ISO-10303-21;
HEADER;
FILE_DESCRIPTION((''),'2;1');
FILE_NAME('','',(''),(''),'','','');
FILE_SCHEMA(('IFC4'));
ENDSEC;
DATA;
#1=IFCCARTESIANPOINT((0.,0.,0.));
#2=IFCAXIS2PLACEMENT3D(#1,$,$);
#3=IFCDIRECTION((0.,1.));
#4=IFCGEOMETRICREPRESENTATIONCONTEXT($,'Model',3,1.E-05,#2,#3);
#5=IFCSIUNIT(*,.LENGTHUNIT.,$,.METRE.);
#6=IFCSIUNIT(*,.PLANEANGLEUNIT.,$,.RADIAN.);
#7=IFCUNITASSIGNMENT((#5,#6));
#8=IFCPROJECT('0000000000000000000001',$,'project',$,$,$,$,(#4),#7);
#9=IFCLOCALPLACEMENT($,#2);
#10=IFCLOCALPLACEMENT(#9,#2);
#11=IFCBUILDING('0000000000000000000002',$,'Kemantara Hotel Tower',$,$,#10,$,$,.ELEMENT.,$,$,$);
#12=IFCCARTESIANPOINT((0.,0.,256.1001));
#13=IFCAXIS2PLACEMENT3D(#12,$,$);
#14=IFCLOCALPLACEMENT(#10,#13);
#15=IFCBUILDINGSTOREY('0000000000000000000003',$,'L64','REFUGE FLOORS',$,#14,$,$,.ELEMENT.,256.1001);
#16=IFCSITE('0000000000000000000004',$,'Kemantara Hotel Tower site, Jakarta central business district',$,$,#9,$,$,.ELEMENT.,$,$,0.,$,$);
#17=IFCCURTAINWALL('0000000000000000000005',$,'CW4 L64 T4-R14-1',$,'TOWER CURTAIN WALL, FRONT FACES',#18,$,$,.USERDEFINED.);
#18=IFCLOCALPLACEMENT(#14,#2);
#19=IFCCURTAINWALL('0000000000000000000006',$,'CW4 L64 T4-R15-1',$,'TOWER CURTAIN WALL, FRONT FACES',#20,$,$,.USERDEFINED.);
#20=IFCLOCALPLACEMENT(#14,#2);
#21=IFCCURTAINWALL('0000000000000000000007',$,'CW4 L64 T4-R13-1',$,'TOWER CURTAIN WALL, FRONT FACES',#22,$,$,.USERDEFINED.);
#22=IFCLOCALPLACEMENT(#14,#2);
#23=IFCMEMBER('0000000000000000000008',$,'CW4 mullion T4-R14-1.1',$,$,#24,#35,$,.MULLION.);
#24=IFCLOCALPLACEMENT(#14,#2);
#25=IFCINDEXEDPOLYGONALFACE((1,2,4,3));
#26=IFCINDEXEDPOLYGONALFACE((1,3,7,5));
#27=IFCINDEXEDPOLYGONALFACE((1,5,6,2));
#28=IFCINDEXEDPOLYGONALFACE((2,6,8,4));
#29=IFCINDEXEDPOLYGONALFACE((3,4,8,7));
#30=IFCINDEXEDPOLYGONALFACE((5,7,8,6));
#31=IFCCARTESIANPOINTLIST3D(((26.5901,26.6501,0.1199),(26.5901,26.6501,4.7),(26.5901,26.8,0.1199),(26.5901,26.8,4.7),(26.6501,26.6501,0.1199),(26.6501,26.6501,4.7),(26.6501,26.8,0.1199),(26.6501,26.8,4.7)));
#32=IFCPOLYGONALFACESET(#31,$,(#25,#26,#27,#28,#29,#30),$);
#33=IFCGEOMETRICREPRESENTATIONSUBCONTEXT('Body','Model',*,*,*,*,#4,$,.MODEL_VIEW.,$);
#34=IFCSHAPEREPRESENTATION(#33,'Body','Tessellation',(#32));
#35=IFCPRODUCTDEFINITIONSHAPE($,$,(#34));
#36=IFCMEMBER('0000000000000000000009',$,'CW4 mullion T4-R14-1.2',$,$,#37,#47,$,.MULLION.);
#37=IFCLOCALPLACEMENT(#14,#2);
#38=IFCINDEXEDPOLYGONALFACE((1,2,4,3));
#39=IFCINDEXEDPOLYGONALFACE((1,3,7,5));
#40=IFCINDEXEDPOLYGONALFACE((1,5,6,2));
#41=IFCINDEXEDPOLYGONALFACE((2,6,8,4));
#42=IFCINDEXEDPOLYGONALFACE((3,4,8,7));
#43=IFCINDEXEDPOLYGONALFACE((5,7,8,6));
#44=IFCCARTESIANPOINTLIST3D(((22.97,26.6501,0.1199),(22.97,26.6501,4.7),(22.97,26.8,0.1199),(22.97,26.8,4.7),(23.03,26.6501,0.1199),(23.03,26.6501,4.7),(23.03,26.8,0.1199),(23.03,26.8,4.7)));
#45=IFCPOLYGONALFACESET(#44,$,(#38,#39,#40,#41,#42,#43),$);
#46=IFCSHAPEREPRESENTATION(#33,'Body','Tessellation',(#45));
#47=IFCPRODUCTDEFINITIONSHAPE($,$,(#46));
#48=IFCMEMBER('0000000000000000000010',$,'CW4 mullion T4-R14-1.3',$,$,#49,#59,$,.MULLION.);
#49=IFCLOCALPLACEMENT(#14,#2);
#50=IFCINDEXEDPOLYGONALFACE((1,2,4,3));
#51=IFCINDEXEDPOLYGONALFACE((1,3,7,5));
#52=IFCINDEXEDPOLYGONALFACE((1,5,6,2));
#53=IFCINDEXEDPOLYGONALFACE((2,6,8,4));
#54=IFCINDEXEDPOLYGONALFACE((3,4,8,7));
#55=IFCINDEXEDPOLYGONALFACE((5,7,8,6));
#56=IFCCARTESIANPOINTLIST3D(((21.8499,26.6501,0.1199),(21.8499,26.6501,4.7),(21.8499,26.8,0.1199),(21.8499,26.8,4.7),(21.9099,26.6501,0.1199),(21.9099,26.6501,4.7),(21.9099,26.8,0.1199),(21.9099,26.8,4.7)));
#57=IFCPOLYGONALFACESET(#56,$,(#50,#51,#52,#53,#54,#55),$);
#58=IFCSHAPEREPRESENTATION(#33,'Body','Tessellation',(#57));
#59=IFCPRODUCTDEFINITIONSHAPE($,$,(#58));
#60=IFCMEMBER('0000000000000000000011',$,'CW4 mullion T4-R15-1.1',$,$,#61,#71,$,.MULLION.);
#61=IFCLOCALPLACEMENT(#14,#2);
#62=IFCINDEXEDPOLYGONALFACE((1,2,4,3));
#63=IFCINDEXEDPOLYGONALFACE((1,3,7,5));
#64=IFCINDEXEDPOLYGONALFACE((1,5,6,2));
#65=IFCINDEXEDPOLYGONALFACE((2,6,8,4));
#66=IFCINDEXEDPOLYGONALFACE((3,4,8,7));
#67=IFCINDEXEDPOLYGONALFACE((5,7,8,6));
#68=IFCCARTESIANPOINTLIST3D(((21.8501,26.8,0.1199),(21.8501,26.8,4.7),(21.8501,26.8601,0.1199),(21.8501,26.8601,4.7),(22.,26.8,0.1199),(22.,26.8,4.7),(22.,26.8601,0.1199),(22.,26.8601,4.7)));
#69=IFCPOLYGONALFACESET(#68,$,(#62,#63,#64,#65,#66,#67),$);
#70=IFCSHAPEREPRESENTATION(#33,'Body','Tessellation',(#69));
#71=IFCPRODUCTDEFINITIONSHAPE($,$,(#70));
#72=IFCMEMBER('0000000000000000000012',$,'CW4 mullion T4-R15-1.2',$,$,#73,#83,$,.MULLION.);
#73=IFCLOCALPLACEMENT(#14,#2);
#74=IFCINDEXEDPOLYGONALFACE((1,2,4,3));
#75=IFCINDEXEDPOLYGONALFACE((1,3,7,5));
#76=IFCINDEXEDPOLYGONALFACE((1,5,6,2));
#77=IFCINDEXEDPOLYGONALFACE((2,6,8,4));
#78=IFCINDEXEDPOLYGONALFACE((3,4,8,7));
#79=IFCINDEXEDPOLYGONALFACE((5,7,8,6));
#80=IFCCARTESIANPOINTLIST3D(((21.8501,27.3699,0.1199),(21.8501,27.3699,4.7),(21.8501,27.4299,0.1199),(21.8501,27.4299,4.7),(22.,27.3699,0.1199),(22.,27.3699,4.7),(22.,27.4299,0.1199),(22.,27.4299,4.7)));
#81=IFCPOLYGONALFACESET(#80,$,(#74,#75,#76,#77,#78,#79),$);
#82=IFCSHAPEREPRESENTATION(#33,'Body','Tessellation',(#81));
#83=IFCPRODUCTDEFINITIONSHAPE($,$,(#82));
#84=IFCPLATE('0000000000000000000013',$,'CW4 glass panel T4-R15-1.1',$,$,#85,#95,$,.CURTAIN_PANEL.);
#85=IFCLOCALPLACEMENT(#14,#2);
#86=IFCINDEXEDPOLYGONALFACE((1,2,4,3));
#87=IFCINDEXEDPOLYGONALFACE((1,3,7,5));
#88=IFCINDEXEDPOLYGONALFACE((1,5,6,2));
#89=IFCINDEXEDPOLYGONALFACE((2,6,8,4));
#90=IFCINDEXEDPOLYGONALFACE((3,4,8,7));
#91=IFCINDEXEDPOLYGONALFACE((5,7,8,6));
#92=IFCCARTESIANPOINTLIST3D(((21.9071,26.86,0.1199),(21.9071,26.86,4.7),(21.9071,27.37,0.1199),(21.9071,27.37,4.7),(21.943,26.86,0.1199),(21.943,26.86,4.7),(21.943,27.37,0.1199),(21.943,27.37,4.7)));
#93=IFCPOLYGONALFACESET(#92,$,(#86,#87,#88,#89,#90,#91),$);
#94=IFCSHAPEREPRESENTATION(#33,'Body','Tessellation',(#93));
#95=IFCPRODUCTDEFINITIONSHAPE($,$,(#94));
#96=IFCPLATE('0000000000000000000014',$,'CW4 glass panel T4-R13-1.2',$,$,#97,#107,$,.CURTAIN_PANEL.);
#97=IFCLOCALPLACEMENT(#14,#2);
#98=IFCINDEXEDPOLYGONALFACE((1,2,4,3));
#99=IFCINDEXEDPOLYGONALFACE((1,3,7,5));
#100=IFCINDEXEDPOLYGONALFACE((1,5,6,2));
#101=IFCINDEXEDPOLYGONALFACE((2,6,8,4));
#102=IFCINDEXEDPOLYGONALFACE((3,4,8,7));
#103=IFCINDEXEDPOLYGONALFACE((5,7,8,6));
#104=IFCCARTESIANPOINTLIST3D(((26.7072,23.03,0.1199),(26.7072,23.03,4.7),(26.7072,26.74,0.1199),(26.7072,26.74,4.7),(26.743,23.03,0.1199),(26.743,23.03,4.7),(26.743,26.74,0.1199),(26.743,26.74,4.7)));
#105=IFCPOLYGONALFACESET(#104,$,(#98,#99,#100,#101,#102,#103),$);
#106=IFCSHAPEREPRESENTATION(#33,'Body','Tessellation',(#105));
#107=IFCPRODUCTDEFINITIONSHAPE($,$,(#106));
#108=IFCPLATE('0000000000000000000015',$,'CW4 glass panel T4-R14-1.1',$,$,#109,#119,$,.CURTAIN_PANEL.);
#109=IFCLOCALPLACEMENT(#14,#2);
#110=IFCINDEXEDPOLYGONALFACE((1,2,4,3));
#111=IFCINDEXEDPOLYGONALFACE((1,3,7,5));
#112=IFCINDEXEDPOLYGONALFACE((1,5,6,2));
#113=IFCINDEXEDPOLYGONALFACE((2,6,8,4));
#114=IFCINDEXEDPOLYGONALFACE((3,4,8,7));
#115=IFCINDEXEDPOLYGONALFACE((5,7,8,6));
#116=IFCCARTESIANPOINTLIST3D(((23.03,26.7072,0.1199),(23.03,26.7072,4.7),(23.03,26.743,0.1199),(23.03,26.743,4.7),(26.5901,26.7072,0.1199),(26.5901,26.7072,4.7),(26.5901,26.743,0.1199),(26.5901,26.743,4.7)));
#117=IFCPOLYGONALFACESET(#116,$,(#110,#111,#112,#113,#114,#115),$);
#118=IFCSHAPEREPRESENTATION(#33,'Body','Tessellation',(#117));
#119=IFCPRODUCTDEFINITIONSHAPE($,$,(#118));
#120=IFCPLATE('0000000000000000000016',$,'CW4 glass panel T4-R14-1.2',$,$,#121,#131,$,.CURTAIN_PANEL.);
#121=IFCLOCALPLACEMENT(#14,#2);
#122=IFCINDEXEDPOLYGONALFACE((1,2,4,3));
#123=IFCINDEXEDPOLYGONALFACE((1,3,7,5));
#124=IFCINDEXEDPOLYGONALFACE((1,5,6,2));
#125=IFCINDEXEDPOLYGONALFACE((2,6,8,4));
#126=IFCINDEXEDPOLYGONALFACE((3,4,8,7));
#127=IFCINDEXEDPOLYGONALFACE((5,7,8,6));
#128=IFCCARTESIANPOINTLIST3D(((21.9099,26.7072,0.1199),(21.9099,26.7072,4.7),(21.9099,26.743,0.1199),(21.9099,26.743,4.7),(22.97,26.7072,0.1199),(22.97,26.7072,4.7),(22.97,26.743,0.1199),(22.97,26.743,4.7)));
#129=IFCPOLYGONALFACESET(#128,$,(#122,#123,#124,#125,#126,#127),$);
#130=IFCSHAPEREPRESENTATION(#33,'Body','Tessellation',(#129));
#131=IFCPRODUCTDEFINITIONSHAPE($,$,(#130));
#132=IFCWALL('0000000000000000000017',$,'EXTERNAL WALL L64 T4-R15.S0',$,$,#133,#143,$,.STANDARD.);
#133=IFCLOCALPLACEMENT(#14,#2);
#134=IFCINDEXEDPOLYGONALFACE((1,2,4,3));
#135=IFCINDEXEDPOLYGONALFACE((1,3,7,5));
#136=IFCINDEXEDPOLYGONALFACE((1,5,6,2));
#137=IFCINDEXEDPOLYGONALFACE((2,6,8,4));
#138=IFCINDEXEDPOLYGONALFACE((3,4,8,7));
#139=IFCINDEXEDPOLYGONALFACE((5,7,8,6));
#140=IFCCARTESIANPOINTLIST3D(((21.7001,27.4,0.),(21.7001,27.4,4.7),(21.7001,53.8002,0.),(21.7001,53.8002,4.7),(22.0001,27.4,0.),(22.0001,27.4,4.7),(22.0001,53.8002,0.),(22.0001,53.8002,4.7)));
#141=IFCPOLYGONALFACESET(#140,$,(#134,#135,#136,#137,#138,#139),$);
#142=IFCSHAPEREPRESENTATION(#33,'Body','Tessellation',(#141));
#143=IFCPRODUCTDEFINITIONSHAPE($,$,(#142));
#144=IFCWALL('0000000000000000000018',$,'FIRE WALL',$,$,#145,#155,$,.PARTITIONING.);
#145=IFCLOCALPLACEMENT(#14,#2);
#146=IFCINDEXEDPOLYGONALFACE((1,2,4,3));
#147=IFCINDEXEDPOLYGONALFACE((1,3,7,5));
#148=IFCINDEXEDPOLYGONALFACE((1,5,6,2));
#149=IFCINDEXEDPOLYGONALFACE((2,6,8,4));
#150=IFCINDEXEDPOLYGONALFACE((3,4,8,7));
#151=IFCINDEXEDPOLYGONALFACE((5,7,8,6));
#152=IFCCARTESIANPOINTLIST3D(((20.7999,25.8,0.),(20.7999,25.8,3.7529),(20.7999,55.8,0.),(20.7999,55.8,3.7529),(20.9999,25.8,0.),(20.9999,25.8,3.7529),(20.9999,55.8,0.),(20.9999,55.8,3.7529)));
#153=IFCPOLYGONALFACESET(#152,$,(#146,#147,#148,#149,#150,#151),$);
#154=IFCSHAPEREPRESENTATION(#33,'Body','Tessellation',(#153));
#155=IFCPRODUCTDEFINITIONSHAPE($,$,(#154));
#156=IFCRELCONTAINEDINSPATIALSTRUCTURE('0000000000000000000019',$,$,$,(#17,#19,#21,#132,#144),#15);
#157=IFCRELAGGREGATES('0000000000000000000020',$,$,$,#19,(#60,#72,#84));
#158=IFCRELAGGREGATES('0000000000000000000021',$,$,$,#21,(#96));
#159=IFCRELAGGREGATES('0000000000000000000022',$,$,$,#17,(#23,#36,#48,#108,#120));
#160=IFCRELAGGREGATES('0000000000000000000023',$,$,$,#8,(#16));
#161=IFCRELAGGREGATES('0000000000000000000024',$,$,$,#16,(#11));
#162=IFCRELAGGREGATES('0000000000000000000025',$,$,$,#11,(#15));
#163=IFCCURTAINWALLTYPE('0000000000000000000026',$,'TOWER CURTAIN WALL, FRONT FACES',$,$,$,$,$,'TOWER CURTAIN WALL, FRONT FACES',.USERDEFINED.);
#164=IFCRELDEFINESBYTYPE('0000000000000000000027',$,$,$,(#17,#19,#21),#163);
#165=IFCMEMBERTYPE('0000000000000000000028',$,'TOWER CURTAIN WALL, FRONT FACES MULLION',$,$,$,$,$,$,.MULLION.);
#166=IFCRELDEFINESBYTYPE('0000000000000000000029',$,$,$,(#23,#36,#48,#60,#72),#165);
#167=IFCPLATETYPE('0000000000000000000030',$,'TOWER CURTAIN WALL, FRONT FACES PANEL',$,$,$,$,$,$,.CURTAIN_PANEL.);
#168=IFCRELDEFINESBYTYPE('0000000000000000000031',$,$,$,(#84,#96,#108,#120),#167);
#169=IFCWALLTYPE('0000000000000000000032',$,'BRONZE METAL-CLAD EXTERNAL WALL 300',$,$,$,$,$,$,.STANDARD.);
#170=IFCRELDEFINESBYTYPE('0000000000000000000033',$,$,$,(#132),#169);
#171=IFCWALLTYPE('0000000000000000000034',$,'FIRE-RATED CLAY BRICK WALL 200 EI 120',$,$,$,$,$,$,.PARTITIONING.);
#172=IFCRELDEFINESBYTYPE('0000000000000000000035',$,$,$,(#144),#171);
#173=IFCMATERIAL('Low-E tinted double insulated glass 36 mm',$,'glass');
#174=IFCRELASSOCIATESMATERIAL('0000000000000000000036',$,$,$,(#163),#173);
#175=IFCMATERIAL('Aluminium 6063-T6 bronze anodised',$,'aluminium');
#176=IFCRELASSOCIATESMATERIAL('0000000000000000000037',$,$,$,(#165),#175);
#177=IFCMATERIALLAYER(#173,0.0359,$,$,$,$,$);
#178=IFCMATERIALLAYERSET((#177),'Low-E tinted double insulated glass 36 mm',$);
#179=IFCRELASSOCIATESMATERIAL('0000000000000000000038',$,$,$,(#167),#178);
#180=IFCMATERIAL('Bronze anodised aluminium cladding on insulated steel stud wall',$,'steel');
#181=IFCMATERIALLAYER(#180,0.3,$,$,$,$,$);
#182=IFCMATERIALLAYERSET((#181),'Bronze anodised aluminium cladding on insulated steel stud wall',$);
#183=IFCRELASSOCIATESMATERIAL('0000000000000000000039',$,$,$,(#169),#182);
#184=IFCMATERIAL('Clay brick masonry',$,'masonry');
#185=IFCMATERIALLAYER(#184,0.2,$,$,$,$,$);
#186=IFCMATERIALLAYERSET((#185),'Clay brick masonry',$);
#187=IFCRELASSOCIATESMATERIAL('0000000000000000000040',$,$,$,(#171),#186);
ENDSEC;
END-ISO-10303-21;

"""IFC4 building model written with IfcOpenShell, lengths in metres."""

from ifc_helpers import new_model, si_unit, direction, frame, frame_2d, origin, origin_2d, place, context, subcontext, project, spatial, rectangle, extrude, source, transform, mapped, material, layer, layer_set, material_profile, profile_set, type_object, element, aggregate, save


model = new_model("IFC4")

# Units and contexts
model_context = context("Model", 3, precision=1e-05, world=origin(), true_north=direction((0.0, 1.0)))
body_context = subcontext(model_context, "Body", "Model", "MODEL_VIEW")
ifc_project = project(units=[si_unit("LENGTHUNIT", "METRE"), si_unit("PLANEANGLEUNIT", "RADIAN")], contexts=[model_context])

# Site, building, storey
site_placement = place(None, origin())
site = spatial("IfcSite", under=ifc_project, at=site_placement, Name="Kemantara Hotel Tower site, Jakarta central business district", CompositionType="ELEMENT", RefElevation=0.0)
building_placement = place(site_placement, origin())
building = spatial("IfcBuilding", under=site, at=building_placement, Name="Kemantara Hotel Tower", CompositionType="ELEMENT")
storey_placement = place(building_placement, frame((0.0, 0.0, 256.1001)))
storey = spatial("IfcBuildingStorey", under=building, at=storey_placement, Name="L64", Description="REFUGE FLOORS", CompositionType="ELEMENT", Elevation=256.1001)

# Curtain walls
ifc_material_1 = material(Name="Low-E tinted double insulated glass 36 mm", Category="glass")
curtain_wall_type = type_object("IfcCurtainWallType", Name="TOWER CURTAIN WALL, FRONT FACES", ElementType="TOWER CURTAIN WALL, FRONT FACES", PredefinedType="USERDEFINED", material=ifc_material_1)
curtain_wall_1_placement = place(storey_placement, origin())
curtain_wall_1 = element("IfcCurtainWall", 1, at=curtain_wall_1_placement, inside=storey, type_object=curtain_wall_type, Name="CW4 L64 T4-R14-1", ObjectType="TOWER CURTAIN WALL, FRONT FACES", PredefinedType="USERDEFINED")
ifc_material_2 = material(Name="Aluminium 6063-T6 bronze anodised", Category="aluminium")
curtain_wall_2_placement = place(storey_placement, origin())
curtain_wall_2 = element("IfcCurtainWall", 2, at=curtain_wall_2_placement, inside=storey, type_object=curtain_wall_type, Name="CW4 L64 T4-R15-1", ObjectType="TOWER CURTAIN WALL, FRONT FACES", PredefinedType="USERDEFINED")
curtain_wall_3_placement = place(storey_placement, origin())
curtain_wall_3 = element("IfcCurtainWall", 3, at=curtain_wall_3_placement, inside=storey, type_object=curtain_wall_type, Name="CW4 L64 T4-R13-1", ObjectType="TOWER CURTAIN WALL, FRONT FACES", PredefinedType="USERDEFINED")
ifc_material_profile_1 = material_profile(ifc_material_2, rectangle(XDim=0.1499, YDim=0.0601, at=origin_2d()), Name="TOWER CURTAIN WALL, FRONT FACES MULLION")
ifc_profile_set_1 = profile_set([ifc_material_profile_1], Name="Aluminium 6063-T6 bronze anodised")
member_type_1 = type_object("IfcMemberType", Name="TOWER CURTAIN WALL, FRONT FACES MULLION", PredefinedType="MULLION", material=ifc_profile_set_1)
shared_shape_1 = source(origin(), body_context, "Body", "SweptSolid", [
    extrude(rectangle(XDim=0.1499, YDim=0.0601, at=origin_2d()), origin(), (0.0, 0.0, 1.0), 4.5801),
])

# Members
member_1_placement = place(storey_placement, frame((26.6201, 26.7251, 0.1199), z_axis=(0.0, 0.0, 1.0), x_axis=(0.0, -1.0, 0.0)))
member_1 = element("IfcMember", 4, at=member_1_placement, type_object=member_type_1, Name="CW4 mullion T4-R14-1.1", PredefinedType="MULLION", context=body_context, shape_type="MappedRepresentation", body=[
    mapped(shared_shape_1, transform((0.0, 0.0, 0.0))),
])
member_2_placement = place(storey_placement, frame((23.0, 26.7251, 0.1199), z_axis=(0.0, 0.0, 1.0), x_axis=(0.0, -1.0, 0.0)))
member_2 = element("IfcMember", 5, at=member_2_placement, type_object=member_type_1, Name="CW4 mullion T4-R14-1.2", PredefinedType="MULLION", context=body_context, shape_type="MappedRepresentation", body=[
    mapped(shared_shape_1, transform((0.0, 0.0, 0.0))),
])
member_3_placement = place(storey_placement, frame((21.8799, 26.7251, 0.1199), z_axis=(0.0, 0.0, 1.0), x_axis=(0.0, -1.0, 0.0)))
member_3 = element("IfcMember", 6, at=member_3_placement, type_object=member_type_1, Name="CW4 mullion T4-R14-1.3", PredefinedType="MULLION", context=body_context, shape_type="MappedRepresentation", body=[
    mapped(shared_shape_1, transform((0.0, 0.0, 0.0))),
])
member_4_placement = place(storey_placement, frame((21.925, 26.8301, 0.1199), z_axis=(0.0, 0.0, 1.0), x_axis=(-1.0, 0.0, 0.0)))
member_4 = element("IfcMember", 7, at=member_4_placement, type_object=member_type_1, Name="CW4 mullion T4-R15-1.1", PredefinedType="MULLION", context=body_context, shape_type="MappedRepresentation", body=[
    mapped(shared_shape_1, transform((0.0, 0.0, 0.0))),
])
member_5_placement = place(storey_placement, frame((21.925, 27.3999, 0.1199), z_axis=(0.0, 0.0, 1.0), x_axis=(-1.0, 0.0, 0.0)))
member_5 = element("IfcMember", 8, at=member_5_placement, type_object=member_type_1, Name="CW4 mullion T4-R15-1.2", PredefinedType="MULLION", context=body_context, shape_type="MappedRepresentation", body=[
    mapped(shared_shape_1, transform((0.0, 0.0, 0.0))),
])

# Plates
ifc_layer_1 = layer(ifc_material_1, 0.0359)
ifc_layer_set_1 = layer_set([ifc_layer_1], Name="Low-E tinted double insulated glass 36 mm")
plate_type = type_object("IfcPlateType", Name="TOWER CURTAIN WALL, FRONT FACES PANEL", PredefinedType="CURTAIN_PANEL", material=ifc_layer_set_1)
shared_shape_2 = source(origin(), body_context, "Body", "SweptSolid", [
    extrude(rectangle(XDim=0.51, YDim=0.0359, at=origin_2d()), origin(), (0.0, 0.0, 1.0), 4.5801),
])
plate_1_placement = place(storey_placement, frame((21.925, 27.115, 0.1199), z_axis=(0.0, 0.0, 1.0), x_axis=(0.0, 1.0, 0.0)))
plate_1 = element("IfcPlate", 9, at=plate_1_placement, type_object=plate_type, Name="CW4 glass panel T4-R15-1.1", PredefinedType="CURTAIN_PANEL", context=body_context, shape_type="MappedRepresentation", body=[
    mapped(shared_shape_2, transform((0.0, 0.0, 0.0))),
])
aggregate(curtain_wall_2, [member_4, member_5, plate_1])
shared_shape_3 = source(origin(), body_context, "Body", "SweptSolid", [
    extrude(rectangle(XDim=3.71, YDim=0.0359, at=origin_2d()), origin(), (0.0, 0.0, 1.0), 4.5801),
])
plate_2_placement = place(storey_placement, frame((26.7251, 24.885, 0.1199), z_axis=(0.0, 0.0, 1.0), x_axis=(0.0, 1.0, 0.0)))
plate_2 = element("IfcPlate", 10, at=plate_2_placement, type_object=plate_type, Name="CW4 glass panel T4-R13-1.2", PredefinedType="CURTAIN_PANEL", context=body_context, shape_type="MappedRepresentation", body=[
    mapped(shared_shape_3, transform((0.0, 0.0, 0.0))),
])
aggregate(curtain_wall_3, [plate_2])
shared_shape_4 = source(origin(), body_context, "Body", "SweptSolid", [
    extrude(rectangle(XDim=3.5601, YDim=0.0359, at=origin_2d()), origin(), (0.0, 0.0, 1.0), 4.5801),
])
plate_3_placement = place(storey_placement, frame((24.8101, 26.7251, 0.1199), z_axis=(0.0, 0.0, 1.0), x_axis=(-1.0, 0.0, 0.0)))
plate_3 = element("IfcPlate", 11, at=plate_3_placement, type_object=plate_type, Name="CW4 glass panel T4-R14-1.1", PredefinedType="CURTAIN_PANEL", context=body_context, shape_type="MappedRepresentation", body=[
    mapped(shared_shape_4, transform((0.0, 0.0, 0.0))),
])
shared_shape_5 = source(origin(), body_context, "Body", "SweptSolid", [
    extrude(rectangle(XDim=1.0601, YDim=0.0359, at=origin_2d()), origin(), (0.0, 0.0, 1.0), 4.5801),
])
plate_4_placement = place(storey_placement, frame((22.4399, 26.7251, 0.1199), z_axis=(0.0, 0.0, 1.0), x_axis=(-1.0, 0.0, 0.0)))
plate_4 = element("IfcPlate", 12, at=plate_4_placement, type_object=plate_type, Name="CW4 glass panel T4-R14-1.2", PredefinedType="CURTAIN_PANEL", context=body_context, shape_type="MappedRepresentation", body=[
    mapped(shared_shape_5, transform((0.0, 0.0, 0.0))),
])
aggregate(curtain_wall_1, [member_1, member_2, member_3, plate_3, plate_4])

# Walls
ifc_material_3 = material(Name="Bronze anodised aluminium cladding on insulated steel stud wall", Category="steel")
ifc_layer_2 = layer(ifc_material_3, 0.3)
ifc_layer_set_2 = layer_set([ifc_layer_2], Name="Bronze anodised aluminium cladding on insulated steel stud wall")
wall_type_1 = type_object("IfcWallType", Name="BRONZE METAL-CLAD EXTERNAL WALL 300", PredefinedType="STANDARD", material=ifc_layer_set_2)
wall_1_placement = place(storey_placement, frame((21.8501, 27.3999, 0.0), z_axis=(0.0, 0.0, 1.0), x_axis=(0.0, 1.0, 0.0)))
element("IfcWall", 13, at=wall_1_placement, inside=storey, type_object=wall_type_1, Name="EXTERNAL WALL L64 T4-R15.S0", PredefinedType="STANDARD", context=body_context, shape_type="SweptSolid", body=[
    extrude(rectangle(XDim=26.4001, YDim=0.3, at=frame_2d((13.2002, 0.0))), origin(), (0.0, 0.0, 1.0), 4.7),
])
ifc_material_4 = material(Name="Clay brick masonry", Category="masonry")
ifc_layer_3 = layer(ifc_material_4, 0.2)
ifc_layer_set_3 = layer_set([ifc_layer_3], Name="Clay brick masonry")
wall_type_2 = type_object("IfcWallType", Name="FIRE-RATED CLAY BRICK WALL 200 EI 120", PredefinedType="PARTITIONING", material=ifc_layer_set_3)
wall_2_placement = place(storey_placement, frame((20.8999, 25.8, 0.0), z_axis=(0.0, 0.0, 1.0), x_axis=(0.0, 1.0, 0.0)))
element("IfcWall", 14, at=wall_2_placement, inside=storey, type_object=wall_type_2, Name="FIRE WALL", PredefinedType="PARTITIONING", context=body_context, shape_type="SweptSolid", body=[
    extrude(rectangle(XDim=30.0, YDim=0.2, at=frame_2d((15.0, 0.0))), origin(), (0.0, 0.0, 1.0), 3.7529),
])

save(model, "model.ifc")
